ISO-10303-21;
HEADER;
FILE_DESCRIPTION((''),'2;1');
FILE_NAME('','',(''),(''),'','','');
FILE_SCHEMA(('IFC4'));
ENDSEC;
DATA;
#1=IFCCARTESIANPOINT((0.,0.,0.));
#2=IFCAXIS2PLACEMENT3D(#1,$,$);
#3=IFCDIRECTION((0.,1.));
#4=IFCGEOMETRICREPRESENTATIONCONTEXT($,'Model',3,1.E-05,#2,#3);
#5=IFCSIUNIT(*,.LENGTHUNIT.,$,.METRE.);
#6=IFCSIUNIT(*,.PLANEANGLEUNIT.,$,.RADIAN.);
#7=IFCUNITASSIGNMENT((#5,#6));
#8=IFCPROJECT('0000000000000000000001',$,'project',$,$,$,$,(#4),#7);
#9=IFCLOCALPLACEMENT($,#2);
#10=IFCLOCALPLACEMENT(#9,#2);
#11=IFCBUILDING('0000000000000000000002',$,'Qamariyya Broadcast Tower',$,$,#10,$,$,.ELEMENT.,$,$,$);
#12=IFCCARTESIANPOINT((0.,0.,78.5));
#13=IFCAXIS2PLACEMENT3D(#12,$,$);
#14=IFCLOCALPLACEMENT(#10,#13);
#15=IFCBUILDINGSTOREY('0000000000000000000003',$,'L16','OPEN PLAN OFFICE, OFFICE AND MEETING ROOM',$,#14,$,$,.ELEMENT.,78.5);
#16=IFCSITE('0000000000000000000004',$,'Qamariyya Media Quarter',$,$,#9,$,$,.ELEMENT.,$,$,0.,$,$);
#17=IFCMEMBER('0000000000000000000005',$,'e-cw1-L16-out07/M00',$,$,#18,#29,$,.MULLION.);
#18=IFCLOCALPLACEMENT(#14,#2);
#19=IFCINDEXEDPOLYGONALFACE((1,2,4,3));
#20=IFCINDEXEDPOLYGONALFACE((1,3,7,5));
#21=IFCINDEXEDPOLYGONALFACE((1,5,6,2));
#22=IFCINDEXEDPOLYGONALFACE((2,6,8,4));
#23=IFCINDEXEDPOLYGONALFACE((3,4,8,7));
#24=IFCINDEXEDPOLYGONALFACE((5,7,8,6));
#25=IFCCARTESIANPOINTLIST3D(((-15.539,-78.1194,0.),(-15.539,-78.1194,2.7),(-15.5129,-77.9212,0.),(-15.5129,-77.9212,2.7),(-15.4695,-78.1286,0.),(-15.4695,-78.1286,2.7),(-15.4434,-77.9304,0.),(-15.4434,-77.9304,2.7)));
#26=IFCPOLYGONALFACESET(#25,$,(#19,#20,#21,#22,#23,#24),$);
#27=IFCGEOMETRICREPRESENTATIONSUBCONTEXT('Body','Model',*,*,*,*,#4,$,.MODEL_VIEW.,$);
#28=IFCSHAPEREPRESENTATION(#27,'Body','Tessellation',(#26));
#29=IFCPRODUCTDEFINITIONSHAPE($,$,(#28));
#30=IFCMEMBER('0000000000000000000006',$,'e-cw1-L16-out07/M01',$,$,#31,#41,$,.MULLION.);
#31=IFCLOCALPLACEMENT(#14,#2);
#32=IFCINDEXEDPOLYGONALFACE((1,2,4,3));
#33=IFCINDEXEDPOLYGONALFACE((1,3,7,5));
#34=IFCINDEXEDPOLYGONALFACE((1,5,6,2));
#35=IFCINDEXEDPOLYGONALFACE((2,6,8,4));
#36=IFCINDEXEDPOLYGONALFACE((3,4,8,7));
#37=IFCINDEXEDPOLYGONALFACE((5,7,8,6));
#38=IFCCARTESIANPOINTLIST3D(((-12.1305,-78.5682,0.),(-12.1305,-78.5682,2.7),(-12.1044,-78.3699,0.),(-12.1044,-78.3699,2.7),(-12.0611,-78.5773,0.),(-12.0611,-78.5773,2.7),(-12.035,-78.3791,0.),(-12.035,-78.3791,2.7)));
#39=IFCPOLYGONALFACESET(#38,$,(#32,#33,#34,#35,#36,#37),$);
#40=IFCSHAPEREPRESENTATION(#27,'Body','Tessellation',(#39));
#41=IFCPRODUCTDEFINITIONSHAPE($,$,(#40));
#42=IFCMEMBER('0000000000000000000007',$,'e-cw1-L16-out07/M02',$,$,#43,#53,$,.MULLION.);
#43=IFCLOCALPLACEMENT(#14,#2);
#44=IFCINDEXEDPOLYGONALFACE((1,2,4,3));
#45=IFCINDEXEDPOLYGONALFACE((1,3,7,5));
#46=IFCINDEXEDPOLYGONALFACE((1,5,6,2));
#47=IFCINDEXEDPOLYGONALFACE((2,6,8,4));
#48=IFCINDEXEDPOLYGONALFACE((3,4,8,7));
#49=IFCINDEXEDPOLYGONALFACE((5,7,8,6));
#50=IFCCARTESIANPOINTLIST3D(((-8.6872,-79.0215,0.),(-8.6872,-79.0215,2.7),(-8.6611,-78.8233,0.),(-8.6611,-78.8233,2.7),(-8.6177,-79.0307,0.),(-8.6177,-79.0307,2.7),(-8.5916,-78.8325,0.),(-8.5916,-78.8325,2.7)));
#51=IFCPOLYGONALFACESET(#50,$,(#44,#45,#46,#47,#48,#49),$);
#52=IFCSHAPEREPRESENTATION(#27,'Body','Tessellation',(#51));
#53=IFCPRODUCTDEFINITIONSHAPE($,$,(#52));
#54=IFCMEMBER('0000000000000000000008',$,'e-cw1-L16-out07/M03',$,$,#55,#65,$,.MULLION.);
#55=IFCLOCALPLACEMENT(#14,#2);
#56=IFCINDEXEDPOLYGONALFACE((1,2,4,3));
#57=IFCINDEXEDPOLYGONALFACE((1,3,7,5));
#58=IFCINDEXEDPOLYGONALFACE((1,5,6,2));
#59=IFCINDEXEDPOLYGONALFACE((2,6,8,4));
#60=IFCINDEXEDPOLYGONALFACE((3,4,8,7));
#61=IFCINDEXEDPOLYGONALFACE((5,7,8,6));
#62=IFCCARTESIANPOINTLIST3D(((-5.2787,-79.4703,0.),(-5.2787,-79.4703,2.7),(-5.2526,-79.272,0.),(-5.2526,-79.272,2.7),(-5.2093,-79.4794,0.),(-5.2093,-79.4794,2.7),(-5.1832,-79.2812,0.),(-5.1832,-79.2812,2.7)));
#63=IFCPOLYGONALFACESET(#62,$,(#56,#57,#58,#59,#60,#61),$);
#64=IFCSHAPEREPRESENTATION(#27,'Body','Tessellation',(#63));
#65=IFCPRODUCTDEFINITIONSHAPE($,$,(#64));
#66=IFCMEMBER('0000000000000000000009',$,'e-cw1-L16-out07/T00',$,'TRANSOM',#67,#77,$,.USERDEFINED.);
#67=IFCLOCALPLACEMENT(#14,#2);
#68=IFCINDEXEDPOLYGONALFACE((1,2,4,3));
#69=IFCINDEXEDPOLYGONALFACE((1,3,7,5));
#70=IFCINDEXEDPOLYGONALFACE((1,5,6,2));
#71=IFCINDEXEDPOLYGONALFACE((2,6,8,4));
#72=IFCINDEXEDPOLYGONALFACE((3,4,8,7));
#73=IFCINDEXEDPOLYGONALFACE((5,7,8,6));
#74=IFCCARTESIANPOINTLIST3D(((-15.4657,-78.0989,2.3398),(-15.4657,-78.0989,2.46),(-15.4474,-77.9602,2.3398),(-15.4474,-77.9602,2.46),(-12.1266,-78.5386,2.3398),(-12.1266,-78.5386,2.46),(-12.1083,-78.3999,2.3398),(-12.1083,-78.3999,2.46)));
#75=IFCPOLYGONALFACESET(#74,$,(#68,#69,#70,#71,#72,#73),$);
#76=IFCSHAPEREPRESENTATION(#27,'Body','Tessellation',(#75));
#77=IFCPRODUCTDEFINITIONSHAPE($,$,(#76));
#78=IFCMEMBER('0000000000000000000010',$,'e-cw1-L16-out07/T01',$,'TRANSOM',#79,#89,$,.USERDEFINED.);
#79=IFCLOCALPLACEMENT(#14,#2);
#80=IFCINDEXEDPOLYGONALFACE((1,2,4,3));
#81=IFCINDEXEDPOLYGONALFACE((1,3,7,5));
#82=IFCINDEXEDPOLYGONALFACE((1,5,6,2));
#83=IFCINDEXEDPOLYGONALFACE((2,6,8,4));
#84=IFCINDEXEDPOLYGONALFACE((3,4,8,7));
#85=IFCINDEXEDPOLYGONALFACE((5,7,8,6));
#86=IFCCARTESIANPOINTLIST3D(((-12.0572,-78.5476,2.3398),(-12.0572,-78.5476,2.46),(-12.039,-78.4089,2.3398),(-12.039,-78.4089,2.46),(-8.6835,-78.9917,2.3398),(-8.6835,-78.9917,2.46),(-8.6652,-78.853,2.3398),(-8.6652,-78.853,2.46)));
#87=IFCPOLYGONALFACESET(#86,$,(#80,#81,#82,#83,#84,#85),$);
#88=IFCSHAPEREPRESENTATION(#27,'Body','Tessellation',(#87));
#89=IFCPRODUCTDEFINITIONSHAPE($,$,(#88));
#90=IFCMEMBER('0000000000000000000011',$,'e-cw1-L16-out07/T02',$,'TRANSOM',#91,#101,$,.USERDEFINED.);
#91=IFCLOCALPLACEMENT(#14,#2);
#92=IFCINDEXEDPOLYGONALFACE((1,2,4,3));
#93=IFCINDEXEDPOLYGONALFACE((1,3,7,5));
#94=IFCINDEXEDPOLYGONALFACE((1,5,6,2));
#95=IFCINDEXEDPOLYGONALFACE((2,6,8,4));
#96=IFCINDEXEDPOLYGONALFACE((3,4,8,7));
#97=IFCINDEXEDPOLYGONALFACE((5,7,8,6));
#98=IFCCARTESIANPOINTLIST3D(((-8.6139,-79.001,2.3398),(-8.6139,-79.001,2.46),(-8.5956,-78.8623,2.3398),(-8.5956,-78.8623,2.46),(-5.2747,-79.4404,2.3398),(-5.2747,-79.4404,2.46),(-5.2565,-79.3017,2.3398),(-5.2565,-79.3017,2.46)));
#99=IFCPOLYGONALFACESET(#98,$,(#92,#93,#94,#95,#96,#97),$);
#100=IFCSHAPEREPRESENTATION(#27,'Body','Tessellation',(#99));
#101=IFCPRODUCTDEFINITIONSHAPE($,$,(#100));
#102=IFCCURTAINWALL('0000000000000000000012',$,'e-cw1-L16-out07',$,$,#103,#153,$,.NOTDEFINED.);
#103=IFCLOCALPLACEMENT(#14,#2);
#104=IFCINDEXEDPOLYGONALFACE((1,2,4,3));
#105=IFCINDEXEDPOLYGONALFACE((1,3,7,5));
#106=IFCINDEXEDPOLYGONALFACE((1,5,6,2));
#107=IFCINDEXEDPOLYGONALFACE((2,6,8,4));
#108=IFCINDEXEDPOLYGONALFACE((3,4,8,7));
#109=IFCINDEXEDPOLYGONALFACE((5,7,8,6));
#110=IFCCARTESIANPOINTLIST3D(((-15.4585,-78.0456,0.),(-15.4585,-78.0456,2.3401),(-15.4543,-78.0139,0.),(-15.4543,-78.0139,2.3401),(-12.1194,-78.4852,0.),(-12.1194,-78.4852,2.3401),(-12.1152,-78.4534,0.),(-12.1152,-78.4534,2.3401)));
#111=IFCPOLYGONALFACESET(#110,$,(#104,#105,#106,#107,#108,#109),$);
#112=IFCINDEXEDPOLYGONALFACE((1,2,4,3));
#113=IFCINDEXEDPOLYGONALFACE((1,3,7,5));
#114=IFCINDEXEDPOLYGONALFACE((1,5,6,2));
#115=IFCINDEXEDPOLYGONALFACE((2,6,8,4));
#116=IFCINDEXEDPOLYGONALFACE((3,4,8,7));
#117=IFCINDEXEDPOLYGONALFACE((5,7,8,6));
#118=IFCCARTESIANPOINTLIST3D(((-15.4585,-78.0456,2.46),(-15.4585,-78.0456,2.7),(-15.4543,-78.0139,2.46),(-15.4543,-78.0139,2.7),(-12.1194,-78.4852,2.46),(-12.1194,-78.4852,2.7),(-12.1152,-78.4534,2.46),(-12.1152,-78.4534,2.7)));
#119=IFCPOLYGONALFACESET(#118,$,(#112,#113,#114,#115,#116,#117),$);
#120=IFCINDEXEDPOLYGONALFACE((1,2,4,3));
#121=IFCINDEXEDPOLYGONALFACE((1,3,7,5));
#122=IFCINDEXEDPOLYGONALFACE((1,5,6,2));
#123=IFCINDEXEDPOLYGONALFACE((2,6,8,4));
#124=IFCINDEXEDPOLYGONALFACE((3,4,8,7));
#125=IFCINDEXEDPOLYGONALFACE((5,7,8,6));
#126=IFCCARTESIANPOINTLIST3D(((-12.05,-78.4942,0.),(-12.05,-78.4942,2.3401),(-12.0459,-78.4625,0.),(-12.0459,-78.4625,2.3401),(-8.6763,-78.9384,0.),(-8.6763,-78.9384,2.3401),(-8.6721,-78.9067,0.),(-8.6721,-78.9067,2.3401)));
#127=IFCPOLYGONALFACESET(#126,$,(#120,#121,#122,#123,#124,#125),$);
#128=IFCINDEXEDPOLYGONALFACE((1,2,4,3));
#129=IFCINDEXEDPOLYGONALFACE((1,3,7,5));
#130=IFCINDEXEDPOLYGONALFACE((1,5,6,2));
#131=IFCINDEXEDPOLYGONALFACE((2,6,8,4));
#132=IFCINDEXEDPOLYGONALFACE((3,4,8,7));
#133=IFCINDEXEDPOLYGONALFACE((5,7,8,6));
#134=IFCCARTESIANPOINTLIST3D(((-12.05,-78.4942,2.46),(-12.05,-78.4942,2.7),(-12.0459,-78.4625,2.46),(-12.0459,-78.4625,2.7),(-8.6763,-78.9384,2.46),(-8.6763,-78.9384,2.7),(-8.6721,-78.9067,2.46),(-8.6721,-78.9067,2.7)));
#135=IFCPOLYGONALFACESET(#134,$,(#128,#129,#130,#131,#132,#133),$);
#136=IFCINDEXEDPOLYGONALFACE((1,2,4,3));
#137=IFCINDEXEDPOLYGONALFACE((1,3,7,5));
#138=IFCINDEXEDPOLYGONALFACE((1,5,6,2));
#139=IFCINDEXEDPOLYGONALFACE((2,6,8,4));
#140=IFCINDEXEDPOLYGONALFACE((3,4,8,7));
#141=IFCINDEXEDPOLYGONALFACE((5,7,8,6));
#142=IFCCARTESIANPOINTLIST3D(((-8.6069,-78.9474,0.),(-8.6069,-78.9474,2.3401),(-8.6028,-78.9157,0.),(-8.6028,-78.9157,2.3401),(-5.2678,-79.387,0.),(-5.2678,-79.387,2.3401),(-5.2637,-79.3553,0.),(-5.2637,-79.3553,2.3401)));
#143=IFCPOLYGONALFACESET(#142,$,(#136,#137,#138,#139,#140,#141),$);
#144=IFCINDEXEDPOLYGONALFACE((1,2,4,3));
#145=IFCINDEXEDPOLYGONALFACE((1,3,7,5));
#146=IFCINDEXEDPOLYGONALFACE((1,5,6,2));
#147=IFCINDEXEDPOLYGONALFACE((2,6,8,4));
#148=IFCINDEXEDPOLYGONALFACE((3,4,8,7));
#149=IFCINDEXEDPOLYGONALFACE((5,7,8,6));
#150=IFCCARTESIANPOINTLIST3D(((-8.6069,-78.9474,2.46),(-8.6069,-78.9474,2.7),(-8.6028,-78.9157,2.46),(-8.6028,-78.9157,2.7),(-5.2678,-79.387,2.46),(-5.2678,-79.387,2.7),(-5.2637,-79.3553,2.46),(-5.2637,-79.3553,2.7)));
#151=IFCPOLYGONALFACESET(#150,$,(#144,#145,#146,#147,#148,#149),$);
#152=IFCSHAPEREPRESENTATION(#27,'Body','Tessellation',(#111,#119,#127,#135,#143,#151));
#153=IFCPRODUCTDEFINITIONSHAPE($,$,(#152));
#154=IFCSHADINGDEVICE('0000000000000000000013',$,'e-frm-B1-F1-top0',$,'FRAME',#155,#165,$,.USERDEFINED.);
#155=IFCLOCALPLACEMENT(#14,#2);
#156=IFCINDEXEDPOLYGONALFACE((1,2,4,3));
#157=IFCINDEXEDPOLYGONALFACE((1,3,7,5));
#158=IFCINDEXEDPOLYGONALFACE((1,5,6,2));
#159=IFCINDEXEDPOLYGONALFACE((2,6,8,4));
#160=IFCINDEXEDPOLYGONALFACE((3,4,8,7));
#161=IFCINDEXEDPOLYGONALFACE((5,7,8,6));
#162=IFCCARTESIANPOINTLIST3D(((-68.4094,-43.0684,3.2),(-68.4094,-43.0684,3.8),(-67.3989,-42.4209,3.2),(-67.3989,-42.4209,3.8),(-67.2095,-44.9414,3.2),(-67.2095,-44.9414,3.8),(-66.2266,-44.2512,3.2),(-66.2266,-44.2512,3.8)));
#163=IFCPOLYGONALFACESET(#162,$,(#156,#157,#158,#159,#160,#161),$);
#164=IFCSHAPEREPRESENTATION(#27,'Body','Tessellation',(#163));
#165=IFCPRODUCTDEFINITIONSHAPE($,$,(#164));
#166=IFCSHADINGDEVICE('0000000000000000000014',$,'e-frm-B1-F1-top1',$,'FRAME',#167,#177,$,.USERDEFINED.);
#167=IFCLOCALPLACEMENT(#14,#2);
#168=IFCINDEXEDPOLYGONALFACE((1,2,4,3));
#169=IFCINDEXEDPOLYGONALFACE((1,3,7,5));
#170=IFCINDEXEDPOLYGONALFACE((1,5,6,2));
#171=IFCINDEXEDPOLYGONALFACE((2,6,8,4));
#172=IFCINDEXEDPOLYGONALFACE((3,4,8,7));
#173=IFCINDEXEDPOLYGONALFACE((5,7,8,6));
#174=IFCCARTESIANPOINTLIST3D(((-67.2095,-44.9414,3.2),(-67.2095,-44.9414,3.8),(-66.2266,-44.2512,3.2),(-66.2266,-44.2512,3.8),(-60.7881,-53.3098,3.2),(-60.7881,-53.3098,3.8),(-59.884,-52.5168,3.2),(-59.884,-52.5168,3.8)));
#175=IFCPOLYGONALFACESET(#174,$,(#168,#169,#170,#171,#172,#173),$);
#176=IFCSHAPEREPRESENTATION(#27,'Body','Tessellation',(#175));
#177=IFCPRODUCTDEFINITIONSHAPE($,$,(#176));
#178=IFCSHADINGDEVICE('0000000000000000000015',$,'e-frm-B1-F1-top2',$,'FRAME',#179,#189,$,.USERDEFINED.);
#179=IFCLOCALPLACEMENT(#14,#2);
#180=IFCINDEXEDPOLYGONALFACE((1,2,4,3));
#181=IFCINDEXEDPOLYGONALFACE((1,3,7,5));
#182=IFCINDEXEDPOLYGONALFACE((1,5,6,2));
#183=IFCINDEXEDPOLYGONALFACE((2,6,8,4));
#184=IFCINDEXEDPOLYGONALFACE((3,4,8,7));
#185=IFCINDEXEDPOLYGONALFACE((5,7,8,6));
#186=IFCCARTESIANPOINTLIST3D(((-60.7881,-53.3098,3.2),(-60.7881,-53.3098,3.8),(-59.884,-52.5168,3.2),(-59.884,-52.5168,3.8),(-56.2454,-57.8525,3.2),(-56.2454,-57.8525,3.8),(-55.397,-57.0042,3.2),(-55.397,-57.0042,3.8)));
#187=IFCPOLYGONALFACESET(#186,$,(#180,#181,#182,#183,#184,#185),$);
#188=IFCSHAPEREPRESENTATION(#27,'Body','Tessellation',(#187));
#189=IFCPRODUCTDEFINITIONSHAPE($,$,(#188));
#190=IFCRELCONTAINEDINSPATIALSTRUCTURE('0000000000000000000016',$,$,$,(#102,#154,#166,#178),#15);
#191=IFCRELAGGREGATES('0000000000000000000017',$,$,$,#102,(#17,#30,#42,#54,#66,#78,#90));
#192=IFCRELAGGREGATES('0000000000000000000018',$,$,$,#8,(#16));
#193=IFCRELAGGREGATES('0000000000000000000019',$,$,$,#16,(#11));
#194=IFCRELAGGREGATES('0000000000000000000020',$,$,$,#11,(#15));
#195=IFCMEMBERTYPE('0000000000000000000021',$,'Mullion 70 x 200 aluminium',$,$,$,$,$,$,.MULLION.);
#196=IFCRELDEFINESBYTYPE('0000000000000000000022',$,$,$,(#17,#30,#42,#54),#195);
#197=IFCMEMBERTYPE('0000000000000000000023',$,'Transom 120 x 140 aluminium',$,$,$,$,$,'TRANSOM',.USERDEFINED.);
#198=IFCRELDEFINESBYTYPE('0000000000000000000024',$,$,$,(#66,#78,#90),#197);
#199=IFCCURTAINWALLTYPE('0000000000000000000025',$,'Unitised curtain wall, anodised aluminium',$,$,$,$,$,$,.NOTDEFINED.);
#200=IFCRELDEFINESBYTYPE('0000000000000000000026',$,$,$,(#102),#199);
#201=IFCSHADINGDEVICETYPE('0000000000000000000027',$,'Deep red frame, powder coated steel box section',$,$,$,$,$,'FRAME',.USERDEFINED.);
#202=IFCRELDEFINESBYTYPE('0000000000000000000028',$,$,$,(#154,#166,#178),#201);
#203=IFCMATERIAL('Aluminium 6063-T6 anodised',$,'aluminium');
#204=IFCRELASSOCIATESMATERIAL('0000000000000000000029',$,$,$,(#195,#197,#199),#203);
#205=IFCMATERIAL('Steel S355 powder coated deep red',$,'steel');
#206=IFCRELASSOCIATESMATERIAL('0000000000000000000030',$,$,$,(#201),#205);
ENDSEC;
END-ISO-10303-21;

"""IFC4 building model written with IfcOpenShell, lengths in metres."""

from ifc_helpers import new_model, si_unit, direction, frame, origin, origin_2d, place, context, subcontext, project, spatial, polyline, rectangle, outline, extrude, material, material_profile, profile_set, type_object, element, aggregate, save


model = new_model("IFC4")

# Units and contexts
model_context = context("Model", 3, precision=1e-05, world=origin(), true_north=direction((0.0, 1.0)))
body_context = subcontext(model_context, "Body", "Model", "MODEL_VIEW")
ifc_project = project(units=[si_unit("LENGTHUNIT", "METRE"), si_unit("PLANEANGLEUNIT", "RADIAN")], contexts=[model_context])

# Members
ifc_material_1 = material(Name="Aluminium 6063-T6 anodised", Category="aluminium")
ifc_material_profile_1 = material_profile(ifc_material_1, rectangle(XDim=0.2, YDim=0.0701, at=origin_2d()))
ifc_profile_set_1 = profile_set([ifc_material_profile_1], Name="Aluminium 6063-T6 anodised")
member_type_1 = type_object("IfcMemberType", Name="Mullion 70 x 200 aluminium", PredefinedType="MULLION", material=ifc_profile_set_1)
site_placement = place(None, origin())
building_placement = place(site_placement, origin())
storey_placement = place(building_placement, frame((0.0, 0.0, 78.5)))
member_1_placement = place(storey_placement, frame((-15.4912, -78.0249, 0.0), z_axis=(0.0, 0.0, 1.0), x_axis=(0.130526, 0.991445, 0.0)))
member_1 = element("IfcMember", 1, at=member_1_placement, type_object=member_type_1, Name="e-cw1-L16-out07/M00", PredefinedType="MULLION", context=body_context, shape_type="SweptSolid", body=[
    extrude(rectangle(XDim=0.2, YDim=0.0701, at=origin_2d()), origin(), (0.0, 0.0, 1.0), 2.7),
])
member_2_placement = place(storey_placement, frame((-12.0828, -78.4736, 0.0), z_axis=(0.0, 0.0, 1.0), x_axis=(0.130526, 0.991445, 0.0)))
member_2 = element("IfcMember", 2, at=member_2_placement, type_object=member_type_1, Name="e-cw1-L16-out07/M01", PredefinedType="MULLION", context=body_context, shape_type="SweptSolid", body=[
    extrude(rectangle(XDim=0.2, YDim=0.0701, at=origin_2d()), origin(), (0.0, 0.0, 1.0), 2.7),
])
member_3_placement = place(storey_placement, frame((-8.6394, -78.927, 0.0), z_axis=(0.0, 0.0, 1.0), x_axis=(0.130526, 0.991445, 0.0)))
member_3 = element("IfcMember", 3, at=member_3_placement, type_object=member_type_1, Name="e-cw1-L16-out07/M02", PredefinedType="MULLION", context=body_context, shape_type="SweptSolid", body=[
    extrude(rectangle(XDim=0.2, YDim=0.0701, at=origin_2d()), origin(), (0.0, 0.0, 1.0), 2.7),
])
member_4_placement = place(storey_placement, frame((-5.231, -79.3757, 0.0), z_axis=(0.0, 0.0, 1.0), x_axis=(0.130526, 0.991445, 0.0)))
member_4 = element("IfcMember", 4, at=member_4_placement, type_object=member_type_1, Name="e-cw1-L16-out07/M03", PredefinedType="MULLION", context=body_context, shape_type="SweptSolid", body=[
    extrude(rectangle(XDim=0.2, YDim=0.0701, at=origin_2d()), origin(), (0.0, 0.0, 1.0), 2.7),
])
ifc_material_profile_2 = material_profile(ifc_material_1, rectangle(XDim=0.1399, YDim=0.1201, at=origin_2d()))
ifc_profile_set_2 = profile_set([ifc_material_profile_2], Name="Aluminium 6063-T6 anodised")
member_type_2 = type_object("IfcMemberType", Name="Transom 120 x 140 aluminium", ElementType="TRANSOM", PredefinedType="USERDEFINED", material=ifc_profile_set_2)
member_5_placement = place(storey_placement, frame((-15.4565, -78.0295, 2.3999), z_axis=(0.991441, -0.130554, 0.0), x_axis=(0.130554, 0.991441, 0.0)))
member_5 = element("IfcMember", 5, at=member_5_placement, type_object=member_type_2, Name="e-cw1-L16-out07/T00", ObjectType="TRANSOM", PredefinedType="USERDEFINED", context=body_context, shape_type="SweptSolid", body=[
    extrude(rectangle(XDim=0.1399, YDim=0.1201, at=origin_2d()), origin(), (0.0, 0.0, 1.0), 3.3679),
])
member_6_placement = place(storey_placement, frame((-12.0481, -78.4783, 2.3999), z_axis=(0.991448, -0.130505, 0.0), x_axis=(0.130505, 0.991448, 0.0)))
member_6 = element("IfcMember", 6, at=member_6_placement, type_object=member_type_2, Name="e-cw1-L16-out07/T01", ObjectType="TRANSOM", PredefinedType="USERDEFINED", context=body_context, shape_type="SweptSolid", body=[
    extrude(rectangle(XDim=0.1399, YDim=0.1201, at=origin_2d()), origin(), (0.0, 0.0, 1.0), 3.4028),
])
member_7_placement = place(storey_placement, frame((-8.6047, -78.9316, 2.3999), z_axis=(0.991451, -0.130483, 0.0), x_axis=(0.130483, 0.991451, 0.0)))
member_7 = element("IfcMember", 7, at=member_7_placement, type_object=member_type_2, Name="e-cw1-L16-out07/T02", ObjectType="TRANSOM", PredefinedType="USERDEFINED", context=body_context, shape_type="SweptSolid", body=[
    extrude(rectangle(XDim=0.1399, YDim=0.1201, at=origin_2d()), origin(), (0.0, 0.0, 1.0), 3.3679),
])

# Site, building, storey
site = spatial("IfcSite", under=ifc_project, at=site_placement, Name="Qamariyya Media Quarter", CompositionType="ELEMENT", RefElevation=0.0)
building = spatial("IfcBuilding", under=site, at=building_placement, Name="Qamariyya Broadcast Tower", CompositionType="ELEMENT")
storey = spatial("IfcBuildingStorey", under=building, at=storey_placement, Name="L16", Description="OPEN PLAN OFFICE, OFFICE AND MEETING ROOM", CompositionType="ELEMENT", Elevation=78.5)

# Curtain wall
curtain_wall_type = type_object("IfcCurtainWallType", Name="Unitised curtain wall, anodised aluminium", PredefinedType="NOTDEFINED", material=ifc_material_1)
curtain_wall_1_placement = place(storey_placement, origin())
curtain_wall_1 = element("IfcCurtainWall", 8, at=curtain_wall_1_placement, inside=storey, type_object=curtain_wall_type, Name="e-cw1-L16-out07", PredefinedType="NOTDEFINED", context=body_context, shape_type="SweptSolid", body=[
    extrude(rectangle(XDim=3.3679, YDim=0.032, at=origin_2d()), frame((-13.7869, -78.2495, 0.0), x_axis=(0.991446, -0.130521, 0.0)), (0.0, 0.0, 1.0), 2.3401),
    extrude(rectangle(XDim=3.3679, YDim=0.032, at=origin_2d()), frame((-13.7869, -78.2495, 2.46), x_axis=(0.991446, -0.130521, 0.0)), (0.0, 0.0, 1.0), 0.24),
    extrude(rectangle(XDim=3.4028, YDim=0.032, at=origin_2d()), frame((-10.3611, -78.7004, 0.0), x_axis=(0.991446, -0.130521, 0.0)), (0.0, 0.0, 1.0), 2.3401),
    extrude(rectangle(XDim=3.4028, YDim=0.032, at=origin_2d()), frame((-10.3611, -78.7004, 2.46), x_axis=(0.991446, -0.130521, 0.0)), (0.0, 0.0, 1.0), 0.24),
    extrude(rectangle(XDim=3.3679, YDim=0.032, at=origin_2d()), frame((-6.9353, -79.1514, 0.0), x_axis=(0.991446, -0.130521, 0.0)), (0.0, 0.0, 1.0), 2.3401),
    extrude(rectangle(XDim=3.3679, YDim=0.032, at=origin_2d()), frame((-6.9353, -79.1514, 2.46), x_axis=(0.991446, -0.130521, 0.0)), (0.0, 0.0, 1.0), 0.24),
])
aggregate(curtain_wall_1, [member_1, member_2, member_3, member_4, member_5, member_6, member_7])

# Shading devices
ifc_material_2 = material(Name="Steel S355 powder coated deep red", Category="steel")
shading_device_type = type_object("IfcShadingDeviceType", Name="Deep red frame, powder coated steel box section", ElementType="FRAME", PredefinedType="USERDEFINED", material=ifc_material_2)
shading_device_1_placement = place(storey_placement, frame((0.0, 0.0, 3.2)))
element("IfcShadingDevice", 9, at=shading_device_1_placement, inside=storey, type_object=shading_device_type, Name="e-frm-B1-F1-top0", ObjectType="FRAME", PredefinedType="USERDEFINED", context=body_context, shape_type="SweptSolid", body=[
    extrude(outline(polyline([(-67.3989, -42.4209), (-68.4094, -43.0684), (-67.2095, -44.9414), (-66.2266, -44.2512), (-67.3989, -42.4209)])), origin(), (0.0, 0.0, 1.0), 0.6001),
])
shading_device_2_placement = place(storey_placement, frame((0.0, 0.0, 3.2)))
element("IfcShadingDevice", 10, at=shading_device_2_placement, inside=storey, type_object=shading_device_type, Name="e-frm-B1-F1-top1", ObjectType="FRAME", PredefinedType="USERDEFINED", context=body_context, shape_type="SweptSolid", body=[
    extrude(outline(polyline([(-66.2266, -44.2512), (-67.2095, -44.9414), (-60.7881, -53.3098), (-59.884, -52.5168), (-66.2266, -44.2512)])), origin(), (0.0, 0.0, 1.0), 0.6001),
])
shading_device_3_placement = place(storey_placement, frame((0.0, 0.0, 3.2)))
element("IfcShadingDevice", 11, at=shading_device_3_placement, inside=storey, type_object=shading_device_type, Name="e-frm-B1-F1-top2", ObjectType="FRAME", PredefinedType="USERDEFINED", context=body_context, shape_type="SweptSolid", body=[
    extrude(outline(polyline([(-59.884, -52.5168), (-60.7881, -53.3098), (-56.2454, -57.8525), (-55.397, -57.0042), (-59.884, -52.5168)])), origin(), (0.0, 0.0, 1.0), 0.6001),
])

save(model, "model.ifc")
